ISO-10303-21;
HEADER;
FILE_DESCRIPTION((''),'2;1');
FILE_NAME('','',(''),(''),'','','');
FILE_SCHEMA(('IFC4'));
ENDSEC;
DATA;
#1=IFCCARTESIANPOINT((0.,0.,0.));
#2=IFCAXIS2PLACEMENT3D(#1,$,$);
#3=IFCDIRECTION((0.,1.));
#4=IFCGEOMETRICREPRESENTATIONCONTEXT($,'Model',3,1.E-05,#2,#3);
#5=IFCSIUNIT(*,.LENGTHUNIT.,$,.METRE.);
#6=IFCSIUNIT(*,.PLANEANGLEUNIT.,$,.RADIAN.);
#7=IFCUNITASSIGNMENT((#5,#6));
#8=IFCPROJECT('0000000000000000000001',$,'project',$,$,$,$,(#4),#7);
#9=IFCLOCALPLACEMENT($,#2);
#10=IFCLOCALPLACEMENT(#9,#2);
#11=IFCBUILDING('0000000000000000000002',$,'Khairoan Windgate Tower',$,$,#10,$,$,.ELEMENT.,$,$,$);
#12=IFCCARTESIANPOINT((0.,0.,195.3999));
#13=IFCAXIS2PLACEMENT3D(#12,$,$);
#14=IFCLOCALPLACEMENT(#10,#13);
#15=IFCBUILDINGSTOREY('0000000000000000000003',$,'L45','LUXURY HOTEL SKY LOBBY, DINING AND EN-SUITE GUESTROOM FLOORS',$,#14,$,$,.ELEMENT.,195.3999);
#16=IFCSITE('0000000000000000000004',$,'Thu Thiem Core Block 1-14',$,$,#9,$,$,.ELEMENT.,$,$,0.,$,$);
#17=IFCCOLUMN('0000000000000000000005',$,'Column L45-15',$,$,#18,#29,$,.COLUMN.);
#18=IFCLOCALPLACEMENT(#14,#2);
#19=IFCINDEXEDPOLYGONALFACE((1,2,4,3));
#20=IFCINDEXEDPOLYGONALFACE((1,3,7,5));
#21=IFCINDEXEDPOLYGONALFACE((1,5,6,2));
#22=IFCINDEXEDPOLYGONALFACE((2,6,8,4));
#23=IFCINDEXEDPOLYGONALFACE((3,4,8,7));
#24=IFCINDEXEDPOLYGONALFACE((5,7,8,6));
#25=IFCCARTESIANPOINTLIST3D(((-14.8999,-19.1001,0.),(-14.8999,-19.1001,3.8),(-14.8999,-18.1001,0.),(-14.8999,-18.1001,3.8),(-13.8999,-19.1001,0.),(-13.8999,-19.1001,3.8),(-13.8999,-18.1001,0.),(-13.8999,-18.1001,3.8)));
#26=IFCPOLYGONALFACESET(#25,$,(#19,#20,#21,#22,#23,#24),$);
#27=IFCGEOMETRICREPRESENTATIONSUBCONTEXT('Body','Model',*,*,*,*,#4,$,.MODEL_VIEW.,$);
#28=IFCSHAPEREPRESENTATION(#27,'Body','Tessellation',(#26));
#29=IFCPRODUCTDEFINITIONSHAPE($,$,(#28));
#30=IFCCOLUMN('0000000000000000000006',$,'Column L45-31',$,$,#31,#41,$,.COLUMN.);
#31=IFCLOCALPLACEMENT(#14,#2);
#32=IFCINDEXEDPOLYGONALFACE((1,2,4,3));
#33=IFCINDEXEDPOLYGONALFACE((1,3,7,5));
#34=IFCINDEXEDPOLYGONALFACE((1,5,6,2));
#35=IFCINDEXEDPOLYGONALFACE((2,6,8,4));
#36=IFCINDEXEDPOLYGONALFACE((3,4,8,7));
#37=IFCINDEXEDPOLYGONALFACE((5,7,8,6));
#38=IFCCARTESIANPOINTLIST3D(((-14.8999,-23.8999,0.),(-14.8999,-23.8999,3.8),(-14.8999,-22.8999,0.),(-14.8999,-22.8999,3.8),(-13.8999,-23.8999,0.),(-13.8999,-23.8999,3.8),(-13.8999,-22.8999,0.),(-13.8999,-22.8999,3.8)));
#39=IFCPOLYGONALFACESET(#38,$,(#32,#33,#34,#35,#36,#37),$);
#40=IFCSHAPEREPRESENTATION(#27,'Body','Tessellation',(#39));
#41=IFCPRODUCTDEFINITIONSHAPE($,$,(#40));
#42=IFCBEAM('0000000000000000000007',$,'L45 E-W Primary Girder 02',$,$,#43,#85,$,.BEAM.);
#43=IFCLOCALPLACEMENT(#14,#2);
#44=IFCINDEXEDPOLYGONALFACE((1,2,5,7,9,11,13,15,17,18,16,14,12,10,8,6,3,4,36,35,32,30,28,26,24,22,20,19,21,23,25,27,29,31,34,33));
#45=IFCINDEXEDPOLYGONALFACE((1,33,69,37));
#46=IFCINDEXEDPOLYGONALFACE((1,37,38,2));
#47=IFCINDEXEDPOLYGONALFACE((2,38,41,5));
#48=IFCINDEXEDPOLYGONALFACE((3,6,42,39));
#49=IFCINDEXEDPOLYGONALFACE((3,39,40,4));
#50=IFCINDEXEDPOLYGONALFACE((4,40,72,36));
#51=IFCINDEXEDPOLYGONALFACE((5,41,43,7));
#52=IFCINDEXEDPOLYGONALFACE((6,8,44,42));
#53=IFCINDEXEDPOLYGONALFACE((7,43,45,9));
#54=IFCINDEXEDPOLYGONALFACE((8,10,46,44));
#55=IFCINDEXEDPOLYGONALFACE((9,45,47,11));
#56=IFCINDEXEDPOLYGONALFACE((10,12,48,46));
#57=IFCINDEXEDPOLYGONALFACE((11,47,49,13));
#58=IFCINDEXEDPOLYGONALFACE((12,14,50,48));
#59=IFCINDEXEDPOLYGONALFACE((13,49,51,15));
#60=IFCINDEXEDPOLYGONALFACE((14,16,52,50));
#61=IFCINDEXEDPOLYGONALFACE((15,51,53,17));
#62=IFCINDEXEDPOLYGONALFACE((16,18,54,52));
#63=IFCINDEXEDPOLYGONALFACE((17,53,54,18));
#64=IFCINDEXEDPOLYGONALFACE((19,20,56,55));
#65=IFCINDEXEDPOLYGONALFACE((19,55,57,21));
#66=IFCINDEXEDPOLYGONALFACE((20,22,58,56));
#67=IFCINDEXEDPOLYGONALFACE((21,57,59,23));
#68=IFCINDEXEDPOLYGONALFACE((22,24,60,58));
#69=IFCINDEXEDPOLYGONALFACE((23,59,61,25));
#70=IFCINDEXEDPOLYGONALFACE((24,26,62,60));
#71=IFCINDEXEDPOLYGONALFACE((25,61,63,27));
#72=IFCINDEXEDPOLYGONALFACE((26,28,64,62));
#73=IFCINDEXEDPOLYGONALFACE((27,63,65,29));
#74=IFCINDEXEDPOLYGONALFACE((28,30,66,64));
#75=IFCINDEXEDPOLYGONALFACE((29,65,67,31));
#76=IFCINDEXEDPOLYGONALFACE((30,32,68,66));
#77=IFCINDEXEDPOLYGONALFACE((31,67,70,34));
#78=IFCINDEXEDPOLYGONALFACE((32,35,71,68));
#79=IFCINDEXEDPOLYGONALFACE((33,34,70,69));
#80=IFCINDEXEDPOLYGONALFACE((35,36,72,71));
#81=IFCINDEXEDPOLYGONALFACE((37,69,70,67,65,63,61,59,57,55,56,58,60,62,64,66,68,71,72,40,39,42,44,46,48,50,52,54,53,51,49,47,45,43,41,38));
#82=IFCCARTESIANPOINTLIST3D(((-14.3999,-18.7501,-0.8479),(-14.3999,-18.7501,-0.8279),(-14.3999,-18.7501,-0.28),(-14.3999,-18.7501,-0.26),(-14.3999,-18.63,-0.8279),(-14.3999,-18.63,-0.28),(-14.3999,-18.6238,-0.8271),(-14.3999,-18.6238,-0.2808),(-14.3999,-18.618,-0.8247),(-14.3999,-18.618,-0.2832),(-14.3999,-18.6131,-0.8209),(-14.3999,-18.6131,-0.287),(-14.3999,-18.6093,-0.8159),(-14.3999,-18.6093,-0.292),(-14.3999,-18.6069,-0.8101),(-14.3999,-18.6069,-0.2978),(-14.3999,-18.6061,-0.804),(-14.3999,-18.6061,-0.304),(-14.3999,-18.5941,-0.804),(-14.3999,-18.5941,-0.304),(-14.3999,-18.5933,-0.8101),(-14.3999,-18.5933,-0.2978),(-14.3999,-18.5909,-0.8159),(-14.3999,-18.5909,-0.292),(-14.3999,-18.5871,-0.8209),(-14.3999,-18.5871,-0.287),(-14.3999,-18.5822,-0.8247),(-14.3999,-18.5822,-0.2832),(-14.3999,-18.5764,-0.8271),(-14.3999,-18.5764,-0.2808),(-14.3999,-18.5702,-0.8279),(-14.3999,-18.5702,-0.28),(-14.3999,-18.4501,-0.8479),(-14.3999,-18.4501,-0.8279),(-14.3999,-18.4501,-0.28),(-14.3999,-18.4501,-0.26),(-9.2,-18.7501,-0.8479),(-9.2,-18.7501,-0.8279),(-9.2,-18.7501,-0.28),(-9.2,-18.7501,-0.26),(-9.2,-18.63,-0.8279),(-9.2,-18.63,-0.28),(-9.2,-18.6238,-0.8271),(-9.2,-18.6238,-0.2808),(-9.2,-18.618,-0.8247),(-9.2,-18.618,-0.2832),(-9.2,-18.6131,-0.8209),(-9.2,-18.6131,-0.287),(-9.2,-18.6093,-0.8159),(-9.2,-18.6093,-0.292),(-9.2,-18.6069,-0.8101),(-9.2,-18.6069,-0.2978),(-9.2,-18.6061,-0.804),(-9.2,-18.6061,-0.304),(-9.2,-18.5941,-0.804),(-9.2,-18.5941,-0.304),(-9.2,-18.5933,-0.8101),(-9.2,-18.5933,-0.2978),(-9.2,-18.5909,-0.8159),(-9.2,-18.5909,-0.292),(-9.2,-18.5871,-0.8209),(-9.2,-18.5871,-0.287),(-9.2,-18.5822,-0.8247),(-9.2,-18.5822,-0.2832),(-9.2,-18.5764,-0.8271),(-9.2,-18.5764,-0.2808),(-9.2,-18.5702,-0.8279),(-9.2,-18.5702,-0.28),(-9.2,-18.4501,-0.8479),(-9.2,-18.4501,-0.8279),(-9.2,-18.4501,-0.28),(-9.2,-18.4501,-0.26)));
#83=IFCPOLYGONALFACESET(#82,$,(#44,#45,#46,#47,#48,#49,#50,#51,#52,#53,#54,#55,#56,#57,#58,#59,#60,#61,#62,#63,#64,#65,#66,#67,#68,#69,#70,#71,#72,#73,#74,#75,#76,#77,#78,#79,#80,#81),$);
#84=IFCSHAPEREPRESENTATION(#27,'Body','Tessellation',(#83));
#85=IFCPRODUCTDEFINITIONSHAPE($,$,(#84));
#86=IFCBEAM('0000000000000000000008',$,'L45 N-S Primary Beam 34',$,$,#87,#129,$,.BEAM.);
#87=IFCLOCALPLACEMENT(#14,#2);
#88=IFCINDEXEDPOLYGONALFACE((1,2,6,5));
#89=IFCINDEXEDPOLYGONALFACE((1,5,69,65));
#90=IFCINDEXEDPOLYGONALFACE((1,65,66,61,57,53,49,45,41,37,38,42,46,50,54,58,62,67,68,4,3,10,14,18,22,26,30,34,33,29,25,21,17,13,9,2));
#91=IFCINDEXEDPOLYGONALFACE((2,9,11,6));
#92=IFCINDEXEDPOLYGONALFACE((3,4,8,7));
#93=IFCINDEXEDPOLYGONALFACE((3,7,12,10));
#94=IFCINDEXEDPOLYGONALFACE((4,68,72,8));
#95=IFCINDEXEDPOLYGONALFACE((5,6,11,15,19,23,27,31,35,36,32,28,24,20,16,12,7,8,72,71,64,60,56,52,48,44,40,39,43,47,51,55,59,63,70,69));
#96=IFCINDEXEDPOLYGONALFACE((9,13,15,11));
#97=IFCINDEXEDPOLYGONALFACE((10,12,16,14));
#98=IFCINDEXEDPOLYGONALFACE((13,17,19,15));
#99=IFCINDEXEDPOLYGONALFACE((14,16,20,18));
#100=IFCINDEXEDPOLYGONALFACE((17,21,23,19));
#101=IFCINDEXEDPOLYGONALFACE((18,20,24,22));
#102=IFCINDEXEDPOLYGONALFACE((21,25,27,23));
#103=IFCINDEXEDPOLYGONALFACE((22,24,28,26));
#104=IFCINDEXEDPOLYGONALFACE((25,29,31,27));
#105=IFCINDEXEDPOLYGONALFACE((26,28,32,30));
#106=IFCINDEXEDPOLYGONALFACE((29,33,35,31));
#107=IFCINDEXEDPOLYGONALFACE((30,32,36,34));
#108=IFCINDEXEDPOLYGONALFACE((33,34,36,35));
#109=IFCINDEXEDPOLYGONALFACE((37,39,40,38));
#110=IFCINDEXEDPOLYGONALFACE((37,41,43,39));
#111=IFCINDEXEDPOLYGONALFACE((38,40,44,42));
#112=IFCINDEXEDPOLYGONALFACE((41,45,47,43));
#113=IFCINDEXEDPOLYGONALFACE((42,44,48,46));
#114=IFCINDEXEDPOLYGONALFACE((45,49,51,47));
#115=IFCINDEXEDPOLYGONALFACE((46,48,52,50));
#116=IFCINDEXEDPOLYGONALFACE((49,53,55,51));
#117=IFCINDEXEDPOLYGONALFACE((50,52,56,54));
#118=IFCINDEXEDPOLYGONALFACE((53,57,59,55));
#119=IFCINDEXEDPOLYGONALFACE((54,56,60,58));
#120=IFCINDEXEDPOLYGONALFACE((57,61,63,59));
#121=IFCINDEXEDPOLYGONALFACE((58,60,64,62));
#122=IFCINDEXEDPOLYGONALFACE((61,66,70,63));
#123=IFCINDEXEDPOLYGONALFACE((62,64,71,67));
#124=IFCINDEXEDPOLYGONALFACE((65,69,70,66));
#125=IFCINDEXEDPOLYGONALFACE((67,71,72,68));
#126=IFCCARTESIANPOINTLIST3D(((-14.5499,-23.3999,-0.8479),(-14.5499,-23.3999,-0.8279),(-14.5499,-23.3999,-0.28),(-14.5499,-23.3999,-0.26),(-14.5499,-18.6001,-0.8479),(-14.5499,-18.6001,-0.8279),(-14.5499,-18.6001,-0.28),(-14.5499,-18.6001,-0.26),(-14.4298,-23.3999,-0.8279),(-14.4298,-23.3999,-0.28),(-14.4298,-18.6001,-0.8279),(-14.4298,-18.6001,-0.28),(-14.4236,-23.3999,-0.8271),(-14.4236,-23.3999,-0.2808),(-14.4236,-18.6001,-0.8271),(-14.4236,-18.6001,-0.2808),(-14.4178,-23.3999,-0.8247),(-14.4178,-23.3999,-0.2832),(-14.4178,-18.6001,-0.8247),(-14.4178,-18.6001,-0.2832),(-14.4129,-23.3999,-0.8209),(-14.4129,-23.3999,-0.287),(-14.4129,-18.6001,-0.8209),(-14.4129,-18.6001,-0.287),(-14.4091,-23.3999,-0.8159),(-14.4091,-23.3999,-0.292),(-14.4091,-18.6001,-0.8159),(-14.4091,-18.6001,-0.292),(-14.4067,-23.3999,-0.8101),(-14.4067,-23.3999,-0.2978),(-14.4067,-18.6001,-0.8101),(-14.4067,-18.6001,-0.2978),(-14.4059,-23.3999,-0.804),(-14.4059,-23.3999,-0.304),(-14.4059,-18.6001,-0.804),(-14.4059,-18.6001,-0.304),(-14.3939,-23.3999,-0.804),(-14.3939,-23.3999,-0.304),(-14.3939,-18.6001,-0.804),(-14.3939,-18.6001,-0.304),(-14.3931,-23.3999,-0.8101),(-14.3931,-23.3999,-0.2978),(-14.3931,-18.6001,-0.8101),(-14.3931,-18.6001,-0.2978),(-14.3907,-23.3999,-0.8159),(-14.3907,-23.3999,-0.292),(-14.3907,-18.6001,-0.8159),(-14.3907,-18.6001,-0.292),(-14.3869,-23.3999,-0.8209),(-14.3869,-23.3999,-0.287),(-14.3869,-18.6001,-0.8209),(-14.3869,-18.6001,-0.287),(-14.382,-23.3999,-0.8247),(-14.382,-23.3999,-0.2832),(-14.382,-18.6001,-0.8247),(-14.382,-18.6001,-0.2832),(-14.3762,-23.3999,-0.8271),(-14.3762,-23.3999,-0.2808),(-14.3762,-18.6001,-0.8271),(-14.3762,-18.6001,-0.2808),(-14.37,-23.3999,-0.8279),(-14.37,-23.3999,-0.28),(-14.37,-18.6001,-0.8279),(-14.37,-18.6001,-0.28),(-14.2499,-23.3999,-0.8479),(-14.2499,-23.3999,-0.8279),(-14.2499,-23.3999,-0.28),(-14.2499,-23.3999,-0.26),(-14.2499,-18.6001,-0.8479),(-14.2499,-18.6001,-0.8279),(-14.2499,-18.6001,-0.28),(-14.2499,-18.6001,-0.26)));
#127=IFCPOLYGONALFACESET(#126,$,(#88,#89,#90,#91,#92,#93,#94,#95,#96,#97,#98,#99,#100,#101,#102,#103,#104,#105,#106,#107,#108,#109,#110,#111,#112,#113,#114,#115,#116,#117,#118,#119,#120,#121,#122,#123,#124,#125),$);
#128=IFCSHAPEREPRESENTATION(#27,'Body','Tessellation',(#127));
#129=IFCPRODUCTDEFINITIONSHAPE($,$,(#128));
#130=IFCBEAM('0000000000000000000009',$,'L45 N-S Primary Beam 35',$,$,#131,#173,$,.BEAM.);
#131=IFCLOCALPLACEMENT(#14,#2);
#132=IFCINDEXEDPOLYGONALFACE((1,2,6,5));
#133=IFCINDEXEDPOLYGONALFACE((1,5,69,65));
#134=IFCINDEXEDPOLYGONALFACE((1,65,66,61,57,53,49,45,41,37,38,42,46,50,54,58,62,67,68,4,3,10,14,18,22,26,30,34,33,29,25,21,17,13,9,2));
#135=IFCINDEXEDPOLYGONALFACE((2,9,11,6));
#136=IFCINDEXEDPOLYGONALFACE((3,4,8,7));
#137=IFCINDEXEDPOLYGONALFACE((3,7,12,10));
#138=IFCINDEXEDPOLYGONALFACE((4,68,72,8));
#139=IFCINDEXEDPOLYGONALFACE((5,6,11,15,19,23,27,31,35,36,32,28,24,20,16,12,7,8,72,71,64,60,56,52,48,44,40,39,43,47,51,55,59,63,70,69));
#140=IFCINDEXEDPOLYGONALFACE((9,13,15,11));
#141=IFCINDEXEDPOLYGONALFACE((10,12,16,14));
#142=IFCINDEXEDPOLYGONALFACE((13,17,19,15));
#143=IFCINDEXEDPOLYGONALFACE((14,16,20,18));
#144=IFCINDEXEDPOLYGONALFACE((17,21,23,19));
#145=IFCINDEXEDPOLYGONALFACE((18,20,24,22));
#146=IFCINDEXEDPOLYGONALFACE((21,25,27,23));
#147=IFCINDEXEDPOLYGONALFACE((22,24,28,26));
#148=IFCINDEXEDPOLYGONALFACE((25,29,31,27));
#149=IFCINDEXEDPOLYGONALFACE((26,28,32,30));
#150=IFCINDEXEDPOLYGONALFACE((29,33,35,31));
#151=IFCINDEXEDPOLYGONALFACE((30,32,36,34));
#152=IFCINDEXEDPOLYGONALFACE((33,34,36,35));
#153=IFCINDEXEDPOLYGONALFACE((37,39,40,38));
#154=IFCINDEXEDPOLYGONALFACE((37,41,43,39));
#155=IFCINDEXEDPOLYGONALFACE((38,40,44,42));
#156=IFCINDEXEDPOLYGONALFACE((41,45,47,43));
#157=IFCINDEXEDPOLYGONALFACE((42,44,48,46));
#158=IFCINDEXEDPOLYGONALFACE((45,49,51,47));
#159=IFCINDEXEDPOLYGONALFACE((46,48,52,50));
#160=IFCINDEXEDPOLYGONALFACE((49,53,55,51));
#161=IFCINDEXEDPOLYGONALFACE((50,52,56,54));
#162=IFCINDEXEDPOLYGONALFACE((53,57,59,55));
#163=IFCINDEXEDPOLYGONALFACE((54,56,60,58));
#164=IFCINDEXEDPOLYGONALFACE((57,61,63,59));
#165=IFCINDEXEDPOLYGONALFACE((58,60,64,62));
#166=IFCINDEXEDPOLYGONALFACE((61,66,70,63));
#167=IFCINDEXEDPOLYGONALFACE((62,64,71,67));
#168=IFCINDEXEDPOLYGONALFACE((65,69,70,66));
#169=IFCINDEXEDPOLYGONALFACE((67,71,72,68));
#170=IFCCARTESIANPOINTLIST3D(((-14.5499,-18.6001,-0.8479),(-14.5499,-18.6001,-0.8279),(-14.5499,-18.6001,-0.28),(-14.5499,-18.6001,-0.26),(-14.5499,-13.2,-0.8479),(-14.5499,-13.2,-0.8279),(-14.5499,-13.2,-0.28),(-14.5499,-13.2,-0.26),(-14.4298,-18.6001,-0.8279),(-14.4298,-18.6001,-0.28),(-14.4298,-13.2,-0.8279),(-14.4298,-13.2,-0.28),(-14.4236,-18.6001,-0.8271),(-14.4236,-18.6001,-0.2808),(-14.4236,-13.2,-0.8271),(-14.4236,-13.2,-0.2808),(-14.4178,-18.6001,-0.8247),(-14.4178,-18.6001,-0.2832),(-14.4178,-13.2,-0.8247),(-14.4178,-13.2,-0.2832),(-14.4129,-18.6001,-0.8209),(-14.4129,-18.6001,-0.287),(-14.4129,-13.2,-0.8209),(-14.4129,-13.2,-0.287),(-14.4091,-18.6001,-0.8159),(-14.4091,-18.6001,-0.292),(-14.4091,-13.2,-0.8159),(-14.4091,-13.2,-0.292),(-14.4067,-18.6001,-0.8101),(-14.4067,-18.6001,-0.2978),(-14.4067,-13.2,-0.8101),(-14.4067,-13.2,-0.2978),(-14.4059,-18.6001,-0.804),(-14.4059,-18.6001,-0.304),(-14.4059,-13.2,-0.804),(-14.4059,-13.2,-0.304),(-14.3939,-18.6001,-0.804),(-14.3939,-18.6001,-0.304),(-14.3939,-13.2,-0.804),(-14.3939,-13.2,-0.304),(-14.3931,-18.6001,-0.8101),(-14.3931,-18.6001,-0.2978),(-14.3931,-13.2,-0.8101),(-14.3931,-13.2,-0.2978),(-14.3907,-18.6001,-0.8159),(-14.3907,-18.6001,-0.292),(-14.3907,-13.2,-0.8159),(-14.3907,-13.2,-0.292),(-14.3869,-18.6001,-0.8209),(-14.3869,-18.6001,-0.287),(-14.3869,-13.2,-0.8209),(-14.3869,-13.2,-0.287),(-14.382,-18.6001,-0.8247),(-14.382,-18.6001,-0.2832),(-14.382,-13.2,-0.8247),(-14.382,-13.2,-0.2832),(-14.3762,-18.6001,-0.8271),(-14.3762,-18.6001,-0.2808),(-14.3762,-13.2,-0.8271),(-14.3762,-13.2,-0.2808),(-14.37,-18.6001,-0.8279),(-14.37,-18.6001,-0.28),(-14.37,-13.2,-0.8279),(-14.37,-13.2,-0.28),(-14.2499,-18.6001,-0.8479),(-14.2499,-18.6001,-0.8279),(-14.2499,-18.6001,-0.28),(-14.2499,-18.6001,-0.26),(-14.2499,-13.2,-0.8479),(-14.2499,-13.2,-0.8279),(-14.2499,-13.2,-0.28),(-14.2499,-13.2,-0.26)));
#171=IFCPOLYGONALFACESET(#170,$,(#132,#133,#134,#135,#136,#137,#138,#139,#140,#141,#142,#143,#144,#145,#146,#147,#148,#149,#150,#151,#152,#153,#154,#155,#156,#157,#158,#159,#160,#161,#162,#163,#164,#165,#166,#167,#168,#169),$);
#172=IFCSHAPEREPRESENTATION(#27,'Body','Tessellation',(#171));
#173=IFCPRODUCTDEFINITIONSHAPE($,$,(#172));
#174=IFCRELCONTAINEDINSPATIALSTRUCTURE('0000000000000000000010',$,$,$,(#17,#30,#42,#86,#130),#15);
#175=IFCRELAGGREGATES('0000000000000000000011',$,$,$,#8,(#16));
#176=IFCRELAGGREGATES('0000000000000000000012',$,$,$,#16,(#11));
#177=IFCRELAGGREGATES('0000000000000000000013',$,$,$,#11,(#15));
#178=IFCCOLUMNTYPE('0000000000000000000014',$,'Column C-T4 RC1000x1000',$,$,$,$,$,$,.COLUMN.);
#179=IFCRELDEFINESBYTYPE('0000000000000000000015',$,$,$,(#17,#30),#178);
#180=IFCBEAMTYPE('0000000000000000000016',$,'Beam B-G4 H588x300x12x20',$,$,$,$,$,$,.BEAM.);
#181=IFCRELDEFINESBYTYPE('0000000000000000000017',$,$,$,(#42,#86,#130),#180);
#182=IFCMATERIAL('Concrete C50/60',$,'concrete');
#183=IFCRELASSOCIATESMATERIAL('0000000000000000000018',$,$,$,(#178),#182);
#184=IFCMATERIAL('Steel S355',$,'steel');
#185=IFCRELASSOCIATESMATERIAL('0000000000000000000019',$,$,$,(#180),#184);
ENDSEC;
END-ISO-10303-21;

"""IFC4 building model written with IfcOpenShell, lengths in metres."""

from ifc_helpers import new_model, si_unit, direction, frame, origin, origin_2d, place, context, subcontext, project, spatial, rectangle, i_section, extrude, material, material_profile, profile_set, type_object, element, save


model = new_model("IFC4")

# Units and contexts
model_context = context("Model", 3, precision=1e-05, world=origin(), true_north=direction((0.0, 1.0)))
body_context = subcontext(model_context, "Body", "Model", "MODEL_VIEW")
ifc_project = project(units=[si_unit("LENGTHUNIT", "METRE"), si_unit("PLANEANGLEUNIT", "RADIAN")], contexts=[model_context])

# Site, building, storey
site_placement = place(None, origin())
site = spatial("IfcSite", under=ifc_project, at=site_placement, Name="Thu Thiem Core Block 1-14", CompositionType="ELEMENT", RefElevation=0.0)
building_placement = place(site_placement, origin())
building = spatial("IfcBuilding", under=site, at=building_placement, Name="Khairoan Windgate Tower", CompositionType="ELEMENT")
storey_placement = place(building_placement, frame((0.0, 0.0, 195.3999)))
storey = spatial("IfcBuildingStorey", under=building, at=storey_placement, Name="L45", Description="LUXURY HOTEL SKY LOBBY, DINING AND EN-SUITE GUESTROOM FLOORS", CompositionType="ELEMENT", Elevation=195.3999)

# Columns
ifc_material_1 = material(Name="Concrete C50/60", Category="concrete")
ifc_material_profile_1 = material_profile(ifc_material_1, rectangle(XDim=1.0, YDim=1.0, at=origin_2d()))
ifc_profile_set_1 = profile_set([ifc_material_profile_1], Name="Concrete C50/60")
column_type = type_object("IfcColumnType", Name="Column C-T4 RC1000x1000", PredefinedType="COLUMN", material=ifc_profile_set_1)
for number, where, z_axis, x_axis, name in (
    (1, (-14.3999, -18.6001, 0.0), (0.0, 0.0, 1.0), (1.0, 0.0, 0.0), "Column L45-15"),
    (2, (-14.3999, -23.3999, 0.0), (0.0, 0.0, 1.0), (1.0, 0.0, 0.0), "Column L45-31"),
):
    element("IfcColumn", number, at=place(storey_placement, frame(where, z_axis=z_axis, x_axis=x_axis)), inside=storey, type_object=column_type, Name=name, PredefinedType="COLUMN", context=body_context, shape_type="SweptSolid", body=[
        extrude(rectangle(XDim=1.0, YDim=1.0, at=origin_2d()), origin(), (0.0, 0.0, 1.0), 3.8),
    ])

# Beams
ifc_material_2 = material(Name="Steel S355", Category="steel")
ifc_material_profile_2 = material_profile(ifc_material_2, i_section(OverallWidth=0.3, OverallDepth=0.5879, WebThickness=0.012, FlangeThickness=0.02, FilletRadius=0.0239, at=origin_2d()))
ifc_profile_set_2 = profile_set([ifc_material_profile_2], Name="Steel S355")
beam_type_1 = type_object("IfcBeamType", Name="Beam B-G4 H588x300x12x20", PredefinedType="BEAM", material=ifc_profile_set_2)
beam_1_placement = place(storey_placement, frame((-14.3999, -18.6001, -0.554), z_axis=(1.0, 0.0, 0.0), x_axis=(0.0, 1.0, 0.0)))
element("IfcBeam", 3, at=beam_1_placement, inside=storey, type_object=beam_type_1, Name="L45 E-W Primary Girder 02", PredefinedType="BEAM", context=body_context, shape_type="SweptSolid", body=[
    extrude(i_section(OverallWidth=0.3, OverallDepth=0.5879, WebThickness=0.012, FlangeThickness=0.02, FilletRadius=0.0239, at=origin_2d()), origin(), (0.0, 0.0, 1.0), 5.2),
])
beam_2_placement = place(storey_placement, frame((-14.3999, -23.3999, -0.554), z_axis=(0.0, 1.0, 0.0), x_axis=(-1.0, 0.0, 0.0)))
element("IfcBeam", 4, at=beam_2_placement, inside=storey, type_object=beam_type_1, Name="L45 N-S Primary Beam 34", PredefinedType="BEAM", context=body_context, shape_type="SweptSolid", body=[
    extrude(i_section(OverallWidth=0.3, OverallDepth=0.5879, WebThickness=0.012, FlangeThickness=0.02, FilletRadius=0.0239, at=origin_2d()), origin(), (0.0, 0.0, 1.0), 4.7998),
])
beam_3_placement = place(storey_placement, frame((-14.3999, -18.6001, -0.554), z_axis=(0.0, 1.0, 0.0), x_axis=(-1.0, 0.0, 0.0)))
element("IfcBeam", 5, at=beam_3_placement, inside=storey, type_object=beam_type_1, Name="L45 N-S Primary Beam 35", PredefinedType="BEAM", context=body_context, shape_type="SweptSolid", body=[
    extrude(i_section(OverallWidth=0.3, OverallDepth=0.5879, WebThickness=0.012, FlangeThickness=0.02, FilletRadius=0.0239, at=origin_2d()), origin(), (0.0, 0.0, 1.0), 5.4001),
])

save(model, "model.ifc")
